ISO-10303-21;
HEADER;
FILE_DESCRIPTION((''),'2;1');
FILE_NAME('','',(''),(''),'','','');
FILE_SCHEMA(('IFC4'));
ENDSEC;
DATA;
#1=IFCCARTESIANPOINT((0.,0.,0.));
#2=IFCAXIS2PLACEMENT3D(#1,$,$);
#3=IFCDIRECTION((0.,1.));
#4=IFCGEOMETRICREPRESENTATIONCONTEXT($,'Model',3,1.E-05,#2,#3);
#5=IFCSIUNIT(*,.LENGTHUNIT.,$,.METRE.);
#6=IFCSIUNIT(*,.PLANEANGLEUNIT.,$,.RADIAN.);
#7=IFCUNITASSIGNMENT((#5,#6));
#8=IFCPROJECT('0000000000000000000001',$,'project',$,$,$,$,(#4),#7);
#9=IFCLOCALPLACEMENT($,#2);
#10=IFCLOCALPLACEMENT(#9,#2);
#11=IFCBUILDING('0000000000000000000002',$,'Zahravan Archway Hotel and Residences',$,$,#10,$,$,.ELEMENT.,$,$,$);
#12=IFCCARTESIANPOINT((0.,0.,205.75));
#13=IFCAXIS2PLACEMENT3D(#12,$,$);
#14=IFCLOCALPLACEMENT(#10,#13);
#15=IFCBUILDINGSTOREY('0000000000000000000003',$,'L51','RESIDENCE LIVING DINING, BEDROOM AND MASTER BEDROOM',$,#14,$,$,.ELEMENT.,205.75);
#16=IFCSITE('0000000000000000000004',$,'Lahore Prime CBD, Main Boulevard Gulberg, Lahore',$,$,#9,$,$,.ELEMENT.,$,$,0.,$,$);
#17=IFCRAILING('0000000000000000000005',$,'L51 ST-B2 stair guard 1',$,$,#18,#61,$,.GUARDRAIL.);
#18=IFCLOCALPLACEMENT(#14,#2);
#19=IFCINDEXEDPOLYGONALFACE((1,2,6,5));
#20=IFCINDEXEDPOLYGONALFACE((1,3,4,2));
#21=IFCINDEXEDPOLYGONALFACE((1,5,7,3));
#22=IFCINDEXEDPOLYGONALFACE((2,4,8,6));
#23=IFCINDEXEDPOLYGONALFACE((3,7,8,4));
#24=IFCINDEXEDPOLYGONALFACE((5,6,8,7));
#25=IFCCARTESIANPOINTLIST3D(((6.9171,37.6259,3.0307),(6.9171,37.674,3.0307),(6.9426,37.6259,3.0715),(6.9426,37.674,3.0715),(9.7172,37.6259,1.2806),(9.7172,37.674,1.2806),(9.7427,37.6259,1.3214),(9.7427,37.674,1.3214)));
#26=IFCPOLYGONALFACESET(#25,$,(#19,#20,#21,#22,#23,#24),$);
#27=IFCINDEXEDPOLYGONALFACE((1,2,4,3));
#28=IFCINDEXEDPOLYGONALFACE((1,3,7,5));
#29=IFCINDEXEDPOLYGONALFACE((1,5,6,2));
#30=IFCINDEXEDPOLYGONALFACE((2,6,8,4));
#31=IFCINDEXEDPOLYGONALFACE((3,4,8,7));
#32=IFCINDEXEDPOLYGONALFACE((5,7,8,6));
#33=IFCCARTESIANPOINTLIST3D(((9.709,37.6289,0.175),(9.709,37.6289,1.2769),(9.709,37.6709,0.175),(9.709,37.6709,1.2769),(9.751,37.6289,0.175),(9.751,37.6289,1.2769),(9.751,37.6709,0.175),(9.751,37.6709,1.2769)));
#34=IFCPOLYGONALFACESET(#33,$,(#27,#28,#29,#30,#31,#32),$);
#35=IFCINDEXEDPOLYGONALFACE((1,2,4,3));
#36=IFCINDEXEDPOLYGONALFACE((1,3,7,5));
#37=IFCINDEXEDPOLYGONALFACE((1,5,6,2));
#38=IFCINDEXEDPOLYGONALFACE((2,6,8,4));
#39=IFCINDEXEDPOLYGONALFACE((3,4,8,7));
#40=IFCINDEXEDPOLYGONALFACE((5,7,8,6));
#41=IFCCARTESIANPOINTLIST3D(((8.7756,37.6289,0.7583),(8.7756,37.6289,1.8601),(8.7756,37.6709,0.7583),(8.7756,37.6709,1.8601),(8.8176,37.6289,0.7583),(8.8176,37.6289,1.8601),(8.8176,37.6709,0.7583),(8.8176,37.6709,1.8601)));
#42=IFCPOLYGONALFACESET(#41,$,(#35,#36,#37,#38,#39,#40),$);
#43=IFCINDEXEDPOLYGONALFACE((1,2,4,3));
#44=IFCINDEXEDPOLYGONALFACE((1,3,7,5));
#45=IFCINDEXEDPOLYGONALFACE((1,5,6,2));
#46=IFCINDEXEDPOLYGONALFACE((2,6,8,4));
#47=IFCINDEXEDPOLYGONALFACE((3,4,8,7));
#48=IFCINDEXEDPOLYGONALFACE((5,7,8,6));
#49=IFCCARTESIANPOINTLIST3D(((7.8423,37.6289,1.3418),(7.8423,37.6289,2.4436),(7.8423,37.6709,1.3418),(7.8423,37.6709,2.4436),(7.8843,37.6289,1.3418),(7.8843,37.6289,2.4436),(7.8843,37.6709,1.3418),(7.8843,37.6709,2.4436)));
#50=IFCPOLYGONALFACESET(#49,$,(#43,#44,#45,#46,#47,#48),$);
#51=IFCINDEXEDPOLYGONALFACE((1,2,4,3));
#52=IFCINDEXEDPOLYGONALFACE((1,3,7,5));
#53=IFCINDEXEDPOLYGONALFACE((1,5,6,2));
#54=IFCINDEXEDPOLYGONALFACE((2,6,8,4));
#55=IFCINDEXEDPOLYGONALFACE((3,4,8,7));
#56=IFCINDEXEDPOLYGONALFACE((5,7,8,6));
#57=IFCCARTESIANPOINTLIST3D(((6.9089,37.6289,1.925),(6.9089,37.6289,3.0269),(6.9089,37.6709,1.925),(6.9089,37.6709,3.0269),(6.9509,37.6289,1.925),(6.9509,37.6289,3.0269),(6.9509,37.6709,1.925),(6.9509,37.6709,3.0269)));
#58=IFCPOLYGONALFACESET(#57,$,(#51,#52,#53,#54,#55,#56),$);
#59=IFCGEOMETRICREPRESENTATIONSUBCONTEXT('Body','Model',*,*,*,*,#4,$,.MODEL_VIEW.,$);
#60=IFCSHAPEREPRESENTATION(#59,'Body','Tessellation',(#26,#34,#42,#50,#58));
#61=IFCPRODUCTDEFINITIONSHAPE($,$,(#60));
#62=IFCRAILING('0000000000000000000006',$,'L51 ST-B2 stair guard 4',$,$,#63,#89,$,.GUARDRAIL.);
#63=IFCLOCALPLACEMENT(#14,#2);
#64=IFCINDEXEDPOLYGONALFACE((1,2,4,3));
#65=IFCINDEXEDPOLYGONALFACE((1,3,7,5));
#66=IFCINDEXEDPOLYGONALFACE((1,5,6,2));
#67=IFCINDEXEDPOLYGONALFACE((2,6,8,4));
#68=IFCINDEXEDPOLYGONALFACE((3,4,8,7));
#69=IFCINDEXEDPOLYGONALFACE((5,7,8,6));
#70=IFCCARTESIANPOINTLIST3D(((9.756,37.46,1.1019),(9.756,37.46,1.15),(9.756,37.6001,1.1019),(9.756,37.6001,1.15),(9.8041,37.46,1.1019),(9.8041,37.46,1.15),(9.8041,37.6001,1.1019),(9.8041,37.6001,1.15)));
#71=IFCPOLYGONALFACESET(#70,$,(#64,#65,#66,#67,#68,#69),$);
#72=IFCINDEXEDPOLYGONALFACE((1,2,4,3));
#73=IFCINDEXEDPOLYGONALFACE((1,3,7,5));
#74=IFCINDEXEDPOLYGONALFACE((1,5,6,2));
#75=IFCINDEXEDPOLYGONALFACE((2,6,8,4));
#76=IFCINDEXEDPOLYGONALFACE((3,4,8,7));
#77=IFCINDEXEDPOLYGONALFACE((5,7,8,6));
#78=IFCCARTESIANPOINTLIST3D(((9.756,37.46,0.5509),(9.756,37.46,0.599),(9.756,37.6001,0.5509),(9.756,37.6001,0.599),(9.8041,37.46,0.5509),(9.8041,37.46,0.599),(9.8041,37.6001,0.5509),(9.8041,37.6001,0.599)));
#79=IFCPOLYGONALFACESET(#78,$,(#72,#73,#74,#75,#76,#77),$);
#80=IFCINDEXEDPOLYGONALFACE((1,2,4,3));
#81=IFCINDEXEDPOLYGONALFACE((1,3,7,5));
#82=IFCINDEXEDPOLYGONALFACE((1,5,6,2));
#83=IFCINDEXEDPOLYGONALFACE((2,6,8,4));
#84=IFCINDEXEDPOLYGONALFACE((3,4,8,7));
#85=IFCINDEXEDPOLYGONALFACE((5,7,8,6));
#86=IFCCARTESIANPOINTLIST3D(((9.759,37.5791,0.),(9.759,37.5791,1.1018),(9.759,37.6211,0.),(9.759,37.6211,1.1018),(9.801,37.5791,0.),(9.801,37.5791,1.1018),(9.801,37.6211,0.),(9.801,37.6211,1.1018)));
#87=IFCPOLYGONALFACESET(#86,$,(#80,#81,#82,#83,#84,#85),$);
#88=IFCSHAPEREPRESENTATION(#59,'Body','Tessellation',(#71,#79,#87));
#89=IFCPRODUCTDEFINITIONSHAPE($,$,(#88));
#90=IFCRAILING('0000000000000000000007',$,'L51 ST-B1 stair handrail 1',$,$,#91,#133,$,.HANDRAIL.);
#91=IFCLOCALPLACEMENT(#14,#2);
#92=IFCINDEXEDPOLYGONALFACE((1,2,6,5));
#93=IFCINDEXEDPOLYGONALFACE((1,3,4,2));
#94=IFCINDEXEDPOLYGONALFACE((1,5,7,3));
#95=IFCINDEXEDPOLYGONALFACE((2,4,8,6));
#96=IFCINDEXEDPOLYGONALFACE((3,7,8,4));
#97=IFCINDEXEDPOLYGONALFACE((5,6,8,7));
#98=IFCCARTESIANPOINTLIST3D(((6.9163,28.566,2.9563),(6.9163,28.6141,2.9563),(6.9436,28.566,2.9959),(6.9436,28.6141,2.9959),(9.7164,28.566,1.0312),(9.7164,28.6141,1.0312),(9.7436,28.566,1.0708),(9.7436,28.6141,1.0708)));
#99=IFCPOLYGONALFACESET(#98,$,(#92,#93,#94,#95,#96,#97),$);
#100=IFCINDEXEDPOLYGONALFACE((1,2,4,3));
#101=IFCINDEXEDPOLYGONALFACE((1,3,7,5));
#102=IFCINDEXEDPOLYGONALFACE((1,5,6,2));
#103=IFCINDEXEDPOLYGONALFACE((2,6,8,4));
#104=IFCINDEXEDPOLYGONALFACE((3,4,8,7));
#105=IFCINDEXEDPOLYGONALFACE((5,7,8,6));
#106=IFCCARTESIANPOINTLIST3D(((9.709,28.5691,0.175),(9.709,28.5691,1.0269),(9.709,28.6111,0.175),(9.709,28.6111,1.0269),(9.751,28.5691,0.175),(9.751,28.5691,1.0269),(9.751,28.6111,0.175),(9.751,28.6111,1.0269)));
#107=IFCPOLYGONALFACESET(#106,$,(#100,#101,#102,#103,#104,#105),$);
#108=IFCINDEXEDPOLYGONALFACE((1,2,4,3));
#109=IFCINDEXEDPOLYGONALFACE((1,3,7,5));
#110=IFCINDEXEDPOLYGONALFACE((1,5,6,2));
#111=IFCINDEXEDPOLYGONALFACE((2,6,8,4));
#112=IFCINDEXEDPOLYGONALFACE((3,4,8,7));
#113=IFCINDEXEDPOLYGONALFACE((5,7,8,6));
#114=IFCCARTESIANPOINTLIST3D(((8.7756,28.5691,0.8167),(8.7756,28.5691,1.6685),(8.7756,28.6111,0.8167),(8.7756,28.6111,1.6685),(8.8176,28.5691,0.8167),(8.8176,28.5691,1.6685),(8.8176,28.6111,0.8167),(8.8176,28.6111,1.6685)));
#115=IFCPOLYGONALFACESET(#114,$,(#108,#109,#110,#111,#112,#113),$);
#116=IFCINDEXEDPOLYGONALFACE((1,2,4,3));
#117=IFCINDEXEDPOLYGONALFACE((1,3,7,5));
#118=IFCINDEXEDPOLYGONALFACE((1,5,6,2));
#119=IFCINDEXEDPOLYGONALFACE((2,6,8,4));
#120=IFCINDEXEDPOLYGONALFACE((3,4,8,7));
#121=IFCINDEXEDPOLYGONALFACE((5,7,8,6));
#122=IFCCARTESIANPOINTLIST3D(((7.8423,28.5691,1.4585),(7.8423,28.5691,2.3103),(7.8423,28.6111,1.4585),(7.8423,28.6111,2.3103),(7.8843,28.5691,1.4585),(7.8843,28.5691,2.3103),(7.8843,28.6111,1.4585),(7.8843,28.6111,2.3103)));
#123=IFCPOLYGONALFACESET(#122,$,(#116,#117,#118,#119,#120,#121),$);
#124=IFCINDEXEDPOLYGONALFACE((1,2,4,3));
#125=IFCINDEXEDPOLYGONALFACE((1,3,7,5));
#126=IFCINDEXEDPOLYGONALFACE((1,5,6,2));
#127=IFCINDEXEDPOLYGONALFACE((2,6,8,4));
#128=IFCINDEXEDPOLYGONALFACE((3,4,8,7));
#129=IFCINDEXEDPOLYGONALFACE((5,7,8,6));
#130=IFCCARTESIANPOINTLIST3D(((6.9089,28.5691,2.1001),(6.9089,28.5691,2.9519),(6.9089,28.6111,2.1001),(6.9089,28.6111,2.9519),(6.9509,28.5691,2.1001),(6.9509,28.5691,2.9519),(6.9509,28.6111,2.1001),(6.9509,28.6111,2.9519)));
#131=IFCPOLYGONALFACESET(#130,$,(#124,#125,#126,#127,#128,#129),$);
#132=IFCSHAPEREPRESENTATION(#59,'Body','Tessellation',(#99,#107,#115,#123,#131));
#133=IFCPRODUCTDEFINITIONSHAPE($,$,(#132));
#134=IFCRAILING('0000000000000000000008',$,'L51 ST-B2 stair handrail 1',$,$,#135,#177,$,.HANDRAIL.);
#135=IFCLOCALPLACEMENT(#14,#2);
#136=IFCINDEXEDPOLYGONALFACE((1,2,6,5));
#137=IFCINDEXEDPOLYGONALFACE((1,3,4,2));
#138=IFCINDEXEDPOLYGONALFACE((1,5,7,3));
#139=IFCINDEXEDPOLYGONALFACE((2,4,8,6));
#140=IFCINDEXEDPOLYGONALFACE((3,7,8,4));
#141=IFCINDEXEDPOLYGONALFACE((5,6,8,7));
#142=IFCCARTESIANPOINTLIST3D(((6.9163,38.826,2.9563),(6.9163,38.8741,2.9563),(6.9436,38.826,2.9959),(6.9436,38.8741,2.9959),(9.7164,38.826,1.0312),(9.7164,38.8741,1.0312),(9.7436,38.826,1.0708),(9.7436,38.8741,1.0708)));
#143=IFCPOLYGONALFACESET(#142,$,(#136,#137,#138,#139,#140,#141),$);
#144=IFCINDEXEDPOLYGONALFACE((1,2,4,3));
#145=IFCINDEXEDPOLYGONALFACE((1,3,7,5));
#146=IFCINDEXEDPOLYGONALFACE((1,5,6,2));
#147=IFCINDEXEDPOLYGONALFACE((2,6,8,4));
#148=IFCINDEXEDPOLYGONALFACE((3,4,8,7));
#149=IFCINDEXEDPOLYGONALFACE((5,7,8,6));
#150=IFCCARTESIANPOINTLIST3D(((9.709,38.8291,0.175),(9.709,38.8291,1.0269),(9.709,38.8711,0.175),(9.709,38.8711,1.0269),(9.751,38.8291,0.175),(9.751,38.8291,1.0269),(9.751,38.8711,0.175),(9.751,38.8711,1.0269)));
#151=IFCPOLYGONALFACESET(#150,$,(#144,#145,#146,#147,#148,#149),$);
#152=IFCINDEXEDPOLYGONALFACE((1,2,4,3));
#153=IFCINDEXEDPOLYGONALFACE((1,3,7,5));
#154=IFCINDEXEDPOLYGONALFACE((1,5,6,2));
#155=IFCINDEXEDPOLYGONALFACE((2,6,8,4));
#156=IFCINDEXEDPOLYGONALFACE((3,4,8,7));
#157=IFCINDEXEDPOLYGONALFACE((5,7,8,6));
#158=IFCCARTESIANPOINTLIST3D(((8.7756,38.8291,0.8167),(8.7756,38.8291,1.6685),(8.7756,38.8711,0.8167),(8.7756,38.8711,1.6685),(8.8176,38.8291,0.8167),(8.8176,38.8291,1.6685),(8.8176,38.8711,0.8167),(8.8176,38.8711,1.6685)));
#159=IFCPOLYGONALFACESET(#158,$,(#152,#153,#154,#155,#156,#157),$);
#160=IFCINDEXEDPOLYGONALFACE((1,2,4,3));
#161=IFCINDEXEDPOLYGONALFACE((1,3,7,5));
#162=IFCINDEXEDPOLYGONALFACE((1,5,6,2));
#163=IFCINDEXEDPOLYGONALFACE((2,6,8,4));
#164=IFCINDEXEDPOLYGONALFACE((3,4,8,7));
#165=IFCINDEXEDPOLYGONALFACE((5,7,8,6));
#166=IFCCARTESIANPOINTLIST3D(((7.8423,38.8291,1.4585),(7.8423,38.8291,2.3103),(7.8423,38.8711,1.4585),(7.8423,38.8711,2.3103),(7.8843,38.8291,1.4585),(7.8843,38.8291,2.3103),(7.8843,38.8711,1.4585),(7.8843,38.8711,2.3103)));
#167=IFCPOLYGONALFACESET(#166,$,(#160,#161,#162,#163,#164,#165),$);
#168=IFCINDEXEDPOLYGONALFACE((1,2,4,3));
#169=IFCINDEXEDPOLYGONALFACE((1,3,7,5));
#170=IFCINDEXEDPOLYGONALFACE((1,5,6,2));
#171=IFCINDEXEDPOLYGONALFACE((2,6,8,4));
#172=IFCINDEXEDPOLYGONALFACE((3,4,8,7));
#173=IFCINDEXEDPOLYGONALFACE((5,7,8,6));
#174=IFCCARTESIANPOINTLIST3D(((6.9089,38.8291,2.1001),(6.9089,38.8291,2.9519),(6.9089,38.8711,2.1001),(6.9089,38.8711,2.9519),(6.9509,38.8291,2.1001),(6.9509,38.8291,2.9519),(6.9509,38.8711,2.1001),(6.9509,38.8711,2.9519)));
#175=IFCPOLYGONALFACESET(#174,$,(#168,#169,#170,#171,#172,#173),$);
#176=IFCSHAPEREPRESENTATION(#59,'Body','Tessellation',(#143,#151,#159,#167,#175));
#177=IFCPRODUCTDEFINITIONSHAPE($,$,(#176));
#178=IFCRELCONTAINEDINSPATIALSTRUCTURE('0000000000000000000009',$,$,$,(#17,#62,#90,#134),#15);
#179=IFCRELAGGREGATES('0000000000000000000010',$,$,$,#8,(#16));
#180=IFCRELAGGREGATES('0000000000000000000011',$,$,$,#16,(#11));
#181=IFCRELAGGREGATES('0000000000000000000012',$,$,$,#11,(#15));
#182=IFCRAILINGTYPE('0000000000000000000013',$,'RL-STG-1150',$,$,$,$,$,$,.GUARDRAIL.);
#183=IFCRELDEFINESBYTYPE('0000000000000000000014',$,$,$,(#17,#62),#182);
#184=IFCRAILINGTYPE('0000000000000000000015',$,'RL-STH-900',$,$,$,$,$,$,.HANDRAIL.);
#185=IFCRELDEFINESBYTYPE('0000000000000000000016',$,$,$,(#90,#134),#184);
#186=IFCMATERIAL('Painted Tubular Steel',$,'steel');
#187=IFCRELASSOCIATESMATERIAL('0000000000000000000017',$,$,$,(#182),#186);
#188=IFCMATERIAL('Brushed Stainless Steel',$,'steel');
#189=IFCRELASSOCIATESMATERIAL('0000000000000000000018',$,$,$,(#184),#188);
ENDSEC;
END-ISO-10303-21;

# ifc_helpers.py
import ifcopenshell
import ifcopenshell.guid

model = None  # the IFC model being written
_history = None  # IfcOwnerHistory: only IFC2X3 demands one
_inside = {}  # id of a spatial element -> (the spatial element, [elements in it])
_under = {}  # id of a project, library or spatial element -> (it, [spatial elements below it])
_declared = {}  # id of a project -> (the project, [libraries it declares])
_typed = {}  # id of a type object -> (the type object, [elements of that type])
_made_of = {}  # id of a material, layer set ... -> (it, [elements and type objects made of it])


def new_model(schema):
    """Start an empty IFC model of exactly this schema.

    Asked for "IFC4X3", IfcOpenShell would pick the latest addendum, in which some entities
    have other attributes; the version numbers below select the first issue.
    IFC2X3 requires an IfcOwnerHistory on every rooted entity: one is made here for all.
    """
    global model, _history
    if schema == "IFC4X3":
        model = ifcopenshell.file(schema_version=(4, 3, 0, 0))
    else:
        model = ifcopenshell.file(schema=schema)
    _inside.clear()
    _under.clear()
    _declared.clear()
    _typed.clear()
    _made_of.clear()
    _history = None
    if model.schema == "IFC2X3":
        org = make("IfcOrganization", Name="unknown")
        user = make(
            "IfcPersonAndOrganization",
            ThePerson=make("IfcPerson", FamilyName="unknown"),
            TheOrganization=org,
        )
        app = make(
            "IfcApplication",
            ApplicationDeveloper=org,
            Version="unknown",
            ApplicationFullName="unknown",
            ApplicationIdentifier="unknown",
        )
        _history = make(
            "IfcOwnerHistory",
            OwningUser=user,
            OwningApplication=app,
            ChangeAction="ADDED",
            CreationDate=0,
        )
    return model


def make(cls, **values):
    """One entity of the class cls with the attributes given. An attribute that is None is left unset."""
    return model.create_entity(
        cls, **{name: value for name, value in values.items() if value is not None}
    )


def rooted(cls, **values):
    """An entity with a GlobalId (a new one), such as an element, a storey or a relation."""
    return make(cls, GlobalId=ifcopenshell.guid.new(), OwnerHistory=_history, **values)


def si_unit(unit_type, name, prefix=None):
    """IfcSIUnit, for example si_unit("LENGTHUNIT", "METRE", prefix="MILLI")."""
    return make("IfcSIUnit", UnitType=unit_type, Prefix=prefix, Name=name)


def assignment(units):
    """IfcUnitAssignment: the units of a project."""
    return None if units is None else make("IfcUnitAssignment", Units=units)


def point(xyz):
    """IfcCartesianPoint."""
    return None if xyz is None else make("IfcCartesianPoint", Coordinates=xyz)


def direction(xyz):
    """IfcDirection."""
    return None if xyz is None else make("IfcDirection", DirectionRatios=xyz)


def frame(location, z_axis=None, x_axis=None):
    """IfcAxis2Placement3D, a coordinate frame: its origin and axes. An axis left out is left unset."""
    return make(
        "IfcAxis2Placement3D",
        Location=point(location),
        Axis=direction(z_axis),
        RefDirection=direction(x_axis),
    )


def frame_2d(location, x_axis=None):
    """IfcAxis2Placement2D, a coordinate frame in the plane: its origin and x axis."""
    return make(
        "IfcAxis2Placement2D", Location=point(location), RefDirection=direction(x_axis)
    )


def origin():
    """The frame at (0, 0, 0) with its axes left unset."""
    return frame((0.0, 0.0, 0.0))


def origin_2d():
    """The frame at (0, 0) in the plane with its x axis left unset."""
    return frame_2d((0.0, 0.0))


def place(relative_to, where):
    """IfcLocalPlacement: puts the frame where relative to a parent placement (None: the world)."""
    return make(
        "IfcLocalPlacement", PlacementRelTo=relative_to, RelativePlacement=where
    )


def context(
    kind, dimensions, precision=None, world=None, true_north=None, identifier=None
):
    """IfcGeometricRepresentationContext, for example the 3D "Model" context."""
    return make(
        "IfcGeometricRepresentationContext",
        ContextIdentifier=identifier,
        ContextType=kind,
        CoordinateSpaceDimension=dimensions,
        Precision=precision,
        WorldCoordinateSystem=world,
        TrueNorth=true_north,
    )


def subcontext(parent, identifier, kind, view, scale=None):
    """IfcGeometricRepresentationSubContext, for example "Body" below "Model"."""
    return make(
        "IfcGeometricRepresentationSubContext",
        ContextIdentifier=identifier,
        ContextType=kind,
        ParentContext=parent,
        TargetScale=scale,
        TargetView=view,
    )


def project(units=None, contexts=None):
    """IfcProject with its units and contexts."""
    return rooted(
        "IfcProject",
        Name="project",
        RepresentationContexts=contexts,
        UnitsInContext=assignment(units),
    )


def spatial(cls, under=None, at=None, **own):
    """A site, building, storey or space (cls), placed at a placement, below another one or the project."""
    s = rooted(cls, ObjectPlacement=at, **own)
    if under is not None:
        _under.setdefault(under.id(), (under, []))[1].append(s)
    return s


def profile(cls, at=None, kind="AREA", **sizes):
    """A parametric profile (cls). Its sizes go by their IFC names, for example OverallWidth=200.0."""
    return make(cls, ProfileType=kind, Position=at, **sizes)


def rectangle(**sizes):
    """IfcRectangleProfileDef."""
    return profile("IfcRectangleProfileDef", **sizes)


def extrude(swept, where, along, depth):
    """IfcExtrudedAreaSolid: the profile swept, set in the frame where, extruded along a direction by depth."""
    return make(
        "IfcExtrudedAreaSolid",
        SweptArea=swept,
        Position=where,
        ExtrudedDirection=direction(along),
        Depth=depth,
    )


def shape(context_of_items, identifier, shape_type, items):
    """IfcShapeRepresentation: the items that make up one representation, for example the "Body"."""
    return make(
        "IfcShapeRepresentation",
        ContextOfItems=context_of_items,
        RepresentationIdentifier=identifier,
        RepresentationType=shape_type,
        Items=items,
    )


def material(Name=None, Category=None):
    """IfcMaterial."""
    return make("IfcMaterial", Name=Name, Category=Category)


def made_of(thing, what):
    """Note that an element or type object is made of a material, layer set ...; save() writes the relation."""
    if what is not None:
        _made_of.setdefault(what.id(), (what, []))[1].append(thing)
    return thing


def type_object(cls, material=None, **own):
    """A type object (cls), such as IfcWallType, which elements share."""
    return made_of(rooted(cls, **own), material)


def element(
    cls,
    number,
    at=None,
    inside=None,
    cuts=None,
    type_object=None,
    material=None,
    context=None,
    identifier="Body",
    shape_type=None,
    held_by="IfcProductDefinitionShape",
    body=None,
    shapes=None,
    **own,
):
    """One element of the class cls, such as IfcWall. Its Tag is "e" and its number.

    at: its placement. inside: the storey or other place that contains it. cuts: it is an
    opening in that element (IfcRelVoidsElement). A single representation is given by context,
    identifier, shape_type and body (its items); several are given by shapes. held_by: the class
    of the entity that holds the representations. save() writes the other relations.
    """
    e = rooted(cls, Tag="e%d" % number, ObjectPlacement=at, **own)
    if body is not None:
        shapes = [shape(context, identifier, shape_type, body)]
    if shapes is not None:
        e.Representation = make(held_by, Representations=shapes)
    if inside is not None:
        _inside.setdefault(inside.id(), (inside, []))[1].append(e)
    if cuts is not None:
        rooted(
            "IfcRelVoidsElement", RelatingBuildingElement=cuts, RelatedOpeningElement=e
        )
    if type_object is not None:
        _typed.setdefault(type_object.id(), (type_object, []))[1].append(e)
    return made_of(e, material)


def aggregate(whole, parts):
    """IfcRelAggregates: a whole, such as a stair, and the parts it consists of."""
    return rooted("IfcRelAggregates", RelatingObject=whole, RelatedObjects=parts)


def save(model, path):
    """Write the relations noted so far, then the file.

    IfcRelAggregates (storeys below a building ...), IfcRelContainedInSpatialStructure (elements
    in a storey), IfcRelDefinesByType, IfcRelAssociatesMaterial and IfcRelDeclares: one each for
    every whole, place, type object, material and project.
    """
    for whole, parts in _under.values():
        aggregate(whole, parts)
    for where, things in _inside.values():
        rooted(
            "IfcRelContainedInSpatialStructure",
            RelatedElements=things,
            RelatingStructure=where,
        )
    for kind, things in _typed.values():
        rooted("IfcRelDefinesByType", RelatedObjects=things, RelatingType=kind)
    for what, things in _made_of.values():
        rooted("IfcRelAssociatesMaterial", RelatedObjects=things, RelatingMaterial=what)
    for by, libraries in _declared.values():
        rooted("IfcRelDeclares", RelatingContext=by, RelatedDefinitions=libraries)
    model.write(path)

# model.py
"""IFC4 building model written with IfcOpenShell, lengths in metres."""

from ifc_helpers import new_model, si_unit, direction, frame, origin, origin_2d, place, context, subcontext, project, spatial, rectangle, extrude, material, type_object, element, save


model = new_model("IFC4")

# Units and contexts
model_context = context("Model", 3, precision=1e-05, world=origin(), true_north=direction((0.0, 1.0)))
body_context = subcontext(model_context, "Body", "Model", "MODEL_VIEW")
ifc_project = project(units=[si_unit("LENGTHUNIT", "METRE"), si_unit("PLANEANGLEUNIT", "RADIAN")], contexts=[model_context])

# Site, building, storey
site_placement = place(None, origin())
site = spatial("IfcSite", under=ifc_project, at=site_placement, Name="Lahore Prime CBD, Main Boulevard Gulberg, Lahore", CompositionType="ELEMENT", RefElevation=0.0)
building_placement = place(site_placement, origin())
building = spatial("IfcBuilding", under=site, at=building_placement, Name="Zahravan Archway Hotel and Residences", CompositionType="ELEMENT")
storey_placement = place(building_placement, frame((0.0, 0.0, 205.75)))
storey = spatial("IfcBuildingStorey", under=building, at=storey_placement, Name="L51", Description="RESIDENCE LIVING DINING, BEDROOM AND MASTER BEDROOM", CompositionType="ELEMENT", Elevation=205.75)

# Railings
ifc_material_1 = material(Name="Painted Tubular Steel", Category="steel")
railing_type_1 = type_object("IfcRailingType", Name="RL-STG-1150", PredefinedType="GUARDRAIL", material=ifc_material_1)
railing_1_placement = place(storey_placement, frame((9.73, 37.6499, 0.175)))
element("IfcRailing", 1, at=railing_1_placement, inside=storey, type_object=railing_type_1, Name="L51 ST-B2 stair guard 1", PredefinedType="GUARDRAIL", context=body_context, shape_type="SweptSolid", body=[
    extrude(rectangle(XDim=0.0481, YDim=0.0481, at=origin_2d()), frame((0.0, 0.0, 1.126), z_axis=(-0.848002, 0.0, 0.529992), x_axis=(0.0, -1.0, 0.0)), (0.0, 0.0, 1.0), 3.302),
    extrude(rectangle(XDim=0.042, YDim=0.042, at=origin_2d()), origin(), (0.0, 0.0, 1.0), 1.1018),
    extrude(rectangle(XDim=0.042, YDim=0.042, at=origin_2d()), frame((-0.9333, 0.0, 0.5833)), (0.0, 0.0, 1.0), 1.1018),
    extrude(rectangle(XDim=0.042, YDim=0.042, at=origin_2d()), frame((-1.8667, 0.0, 1.1667)), (0.0, 0.0, 1.0), 1.1018),
    extrude(rectangle(XDim=0.042, YDim=0.042, at=origin_2d()), frame((-2.8, 0.0, 1.75)), (0.0, 0.0, 1.0), 1.1018),
])
railing_2_placement = place(storey_placement, frame((9.78, 37.6001, 0.0)))
element("IfcRailing", 2, at=railing_2_placement, inside=storey, type_object=railing_type_1, Name="L51 ST-B2 stair guard 4", PredefinedType="GUARDRAIL", context=body_context, shape_type="SweptSolid", body=[
    extrude(rectangle(XDim=0.0481, YDim=0.0481, at=origin_2d()), frame((0.0, 0.0, 1.126), z_axis=(0.0, -1.0, 0.0), x_axis=(1.0, 0.0, 0.0)), (0.0, 0.0, 1.0), 0.1401),
    extrude(rectangle(XDim=0.0481, YDim=0.0481, at=origin_2d()), frame((0.0, 0.0, 0.575), z_axis=(0.0, -1.0, 0.0), x_axis=(1.0, 0.0, 0.0)), (0.0, 0.0, 1.0), 0.1401),
    extrude(rectangle(XDim=0.042, YDim=0.042, at=origin_2d()), origin(), (0.0, 0.0, 1.0), 1.1018),
])
ifc_material_2 = material(Name="Brushed Stainless Steel", Category="steel")
railing_type_2 = type_object("IfcRailingType", Name="RL-STH-900", PredefinedType="HANDRAIL", material=ifc_material_2)
for number, where, name in (
    (3, (9.73, 28.5901, 0.175), "L51 ST-B1 stair handrail 1"),
    (4, (9.73, 38.8501, 0.175), "L51 ST-B2 stair handrail 1"),
):
    element("IfcRailing", number, at=place(storey_placement, frame(where)), inside=storey, type_object=railing_type_2, Name=name, PredefinedType="HANDRAIL", context=body_context, shape_type="SweptSolid", body=[
        extrude(rectangle(XDim=0.0481, YDim=0.0481, at=origin_2d()), frame((0.0, 0.0, 0.876), z_axis=(-0.82404, 0.0, 0.566532), x_axis=(0.0, -1.0, 0.0)), (0.0, 0.0, 1.0), 3.3979),
        extrude(rectangle(XDim=0.042, YDim=0.042, at=origin_2d()), origin(), (0.0, 0.0, 1.0), 0.8518),
        extrude(rectangle(XDim=0.042, YDim=0.042, at=origin_2d()), frame((-0.9333, 0.0, 0.6416)), (0.0, 0.0, 1.0), 0.8518),
        extrude(rectangle(XDim=0.042, YDim=0.042, at=origin_2d()), frame((-1.8667, 0.0, 1.2834)), (0.0, 0.0, 1.0), 0.8518),
        extrude(rectangle(XDim=0.042, YDim=0.042, at=origin_2d()), frame((-2.8, 0.0, 1.925)), (0.0, 0.0, 1.0), 0.8518),
    ])

save(model, "model.ifc")
